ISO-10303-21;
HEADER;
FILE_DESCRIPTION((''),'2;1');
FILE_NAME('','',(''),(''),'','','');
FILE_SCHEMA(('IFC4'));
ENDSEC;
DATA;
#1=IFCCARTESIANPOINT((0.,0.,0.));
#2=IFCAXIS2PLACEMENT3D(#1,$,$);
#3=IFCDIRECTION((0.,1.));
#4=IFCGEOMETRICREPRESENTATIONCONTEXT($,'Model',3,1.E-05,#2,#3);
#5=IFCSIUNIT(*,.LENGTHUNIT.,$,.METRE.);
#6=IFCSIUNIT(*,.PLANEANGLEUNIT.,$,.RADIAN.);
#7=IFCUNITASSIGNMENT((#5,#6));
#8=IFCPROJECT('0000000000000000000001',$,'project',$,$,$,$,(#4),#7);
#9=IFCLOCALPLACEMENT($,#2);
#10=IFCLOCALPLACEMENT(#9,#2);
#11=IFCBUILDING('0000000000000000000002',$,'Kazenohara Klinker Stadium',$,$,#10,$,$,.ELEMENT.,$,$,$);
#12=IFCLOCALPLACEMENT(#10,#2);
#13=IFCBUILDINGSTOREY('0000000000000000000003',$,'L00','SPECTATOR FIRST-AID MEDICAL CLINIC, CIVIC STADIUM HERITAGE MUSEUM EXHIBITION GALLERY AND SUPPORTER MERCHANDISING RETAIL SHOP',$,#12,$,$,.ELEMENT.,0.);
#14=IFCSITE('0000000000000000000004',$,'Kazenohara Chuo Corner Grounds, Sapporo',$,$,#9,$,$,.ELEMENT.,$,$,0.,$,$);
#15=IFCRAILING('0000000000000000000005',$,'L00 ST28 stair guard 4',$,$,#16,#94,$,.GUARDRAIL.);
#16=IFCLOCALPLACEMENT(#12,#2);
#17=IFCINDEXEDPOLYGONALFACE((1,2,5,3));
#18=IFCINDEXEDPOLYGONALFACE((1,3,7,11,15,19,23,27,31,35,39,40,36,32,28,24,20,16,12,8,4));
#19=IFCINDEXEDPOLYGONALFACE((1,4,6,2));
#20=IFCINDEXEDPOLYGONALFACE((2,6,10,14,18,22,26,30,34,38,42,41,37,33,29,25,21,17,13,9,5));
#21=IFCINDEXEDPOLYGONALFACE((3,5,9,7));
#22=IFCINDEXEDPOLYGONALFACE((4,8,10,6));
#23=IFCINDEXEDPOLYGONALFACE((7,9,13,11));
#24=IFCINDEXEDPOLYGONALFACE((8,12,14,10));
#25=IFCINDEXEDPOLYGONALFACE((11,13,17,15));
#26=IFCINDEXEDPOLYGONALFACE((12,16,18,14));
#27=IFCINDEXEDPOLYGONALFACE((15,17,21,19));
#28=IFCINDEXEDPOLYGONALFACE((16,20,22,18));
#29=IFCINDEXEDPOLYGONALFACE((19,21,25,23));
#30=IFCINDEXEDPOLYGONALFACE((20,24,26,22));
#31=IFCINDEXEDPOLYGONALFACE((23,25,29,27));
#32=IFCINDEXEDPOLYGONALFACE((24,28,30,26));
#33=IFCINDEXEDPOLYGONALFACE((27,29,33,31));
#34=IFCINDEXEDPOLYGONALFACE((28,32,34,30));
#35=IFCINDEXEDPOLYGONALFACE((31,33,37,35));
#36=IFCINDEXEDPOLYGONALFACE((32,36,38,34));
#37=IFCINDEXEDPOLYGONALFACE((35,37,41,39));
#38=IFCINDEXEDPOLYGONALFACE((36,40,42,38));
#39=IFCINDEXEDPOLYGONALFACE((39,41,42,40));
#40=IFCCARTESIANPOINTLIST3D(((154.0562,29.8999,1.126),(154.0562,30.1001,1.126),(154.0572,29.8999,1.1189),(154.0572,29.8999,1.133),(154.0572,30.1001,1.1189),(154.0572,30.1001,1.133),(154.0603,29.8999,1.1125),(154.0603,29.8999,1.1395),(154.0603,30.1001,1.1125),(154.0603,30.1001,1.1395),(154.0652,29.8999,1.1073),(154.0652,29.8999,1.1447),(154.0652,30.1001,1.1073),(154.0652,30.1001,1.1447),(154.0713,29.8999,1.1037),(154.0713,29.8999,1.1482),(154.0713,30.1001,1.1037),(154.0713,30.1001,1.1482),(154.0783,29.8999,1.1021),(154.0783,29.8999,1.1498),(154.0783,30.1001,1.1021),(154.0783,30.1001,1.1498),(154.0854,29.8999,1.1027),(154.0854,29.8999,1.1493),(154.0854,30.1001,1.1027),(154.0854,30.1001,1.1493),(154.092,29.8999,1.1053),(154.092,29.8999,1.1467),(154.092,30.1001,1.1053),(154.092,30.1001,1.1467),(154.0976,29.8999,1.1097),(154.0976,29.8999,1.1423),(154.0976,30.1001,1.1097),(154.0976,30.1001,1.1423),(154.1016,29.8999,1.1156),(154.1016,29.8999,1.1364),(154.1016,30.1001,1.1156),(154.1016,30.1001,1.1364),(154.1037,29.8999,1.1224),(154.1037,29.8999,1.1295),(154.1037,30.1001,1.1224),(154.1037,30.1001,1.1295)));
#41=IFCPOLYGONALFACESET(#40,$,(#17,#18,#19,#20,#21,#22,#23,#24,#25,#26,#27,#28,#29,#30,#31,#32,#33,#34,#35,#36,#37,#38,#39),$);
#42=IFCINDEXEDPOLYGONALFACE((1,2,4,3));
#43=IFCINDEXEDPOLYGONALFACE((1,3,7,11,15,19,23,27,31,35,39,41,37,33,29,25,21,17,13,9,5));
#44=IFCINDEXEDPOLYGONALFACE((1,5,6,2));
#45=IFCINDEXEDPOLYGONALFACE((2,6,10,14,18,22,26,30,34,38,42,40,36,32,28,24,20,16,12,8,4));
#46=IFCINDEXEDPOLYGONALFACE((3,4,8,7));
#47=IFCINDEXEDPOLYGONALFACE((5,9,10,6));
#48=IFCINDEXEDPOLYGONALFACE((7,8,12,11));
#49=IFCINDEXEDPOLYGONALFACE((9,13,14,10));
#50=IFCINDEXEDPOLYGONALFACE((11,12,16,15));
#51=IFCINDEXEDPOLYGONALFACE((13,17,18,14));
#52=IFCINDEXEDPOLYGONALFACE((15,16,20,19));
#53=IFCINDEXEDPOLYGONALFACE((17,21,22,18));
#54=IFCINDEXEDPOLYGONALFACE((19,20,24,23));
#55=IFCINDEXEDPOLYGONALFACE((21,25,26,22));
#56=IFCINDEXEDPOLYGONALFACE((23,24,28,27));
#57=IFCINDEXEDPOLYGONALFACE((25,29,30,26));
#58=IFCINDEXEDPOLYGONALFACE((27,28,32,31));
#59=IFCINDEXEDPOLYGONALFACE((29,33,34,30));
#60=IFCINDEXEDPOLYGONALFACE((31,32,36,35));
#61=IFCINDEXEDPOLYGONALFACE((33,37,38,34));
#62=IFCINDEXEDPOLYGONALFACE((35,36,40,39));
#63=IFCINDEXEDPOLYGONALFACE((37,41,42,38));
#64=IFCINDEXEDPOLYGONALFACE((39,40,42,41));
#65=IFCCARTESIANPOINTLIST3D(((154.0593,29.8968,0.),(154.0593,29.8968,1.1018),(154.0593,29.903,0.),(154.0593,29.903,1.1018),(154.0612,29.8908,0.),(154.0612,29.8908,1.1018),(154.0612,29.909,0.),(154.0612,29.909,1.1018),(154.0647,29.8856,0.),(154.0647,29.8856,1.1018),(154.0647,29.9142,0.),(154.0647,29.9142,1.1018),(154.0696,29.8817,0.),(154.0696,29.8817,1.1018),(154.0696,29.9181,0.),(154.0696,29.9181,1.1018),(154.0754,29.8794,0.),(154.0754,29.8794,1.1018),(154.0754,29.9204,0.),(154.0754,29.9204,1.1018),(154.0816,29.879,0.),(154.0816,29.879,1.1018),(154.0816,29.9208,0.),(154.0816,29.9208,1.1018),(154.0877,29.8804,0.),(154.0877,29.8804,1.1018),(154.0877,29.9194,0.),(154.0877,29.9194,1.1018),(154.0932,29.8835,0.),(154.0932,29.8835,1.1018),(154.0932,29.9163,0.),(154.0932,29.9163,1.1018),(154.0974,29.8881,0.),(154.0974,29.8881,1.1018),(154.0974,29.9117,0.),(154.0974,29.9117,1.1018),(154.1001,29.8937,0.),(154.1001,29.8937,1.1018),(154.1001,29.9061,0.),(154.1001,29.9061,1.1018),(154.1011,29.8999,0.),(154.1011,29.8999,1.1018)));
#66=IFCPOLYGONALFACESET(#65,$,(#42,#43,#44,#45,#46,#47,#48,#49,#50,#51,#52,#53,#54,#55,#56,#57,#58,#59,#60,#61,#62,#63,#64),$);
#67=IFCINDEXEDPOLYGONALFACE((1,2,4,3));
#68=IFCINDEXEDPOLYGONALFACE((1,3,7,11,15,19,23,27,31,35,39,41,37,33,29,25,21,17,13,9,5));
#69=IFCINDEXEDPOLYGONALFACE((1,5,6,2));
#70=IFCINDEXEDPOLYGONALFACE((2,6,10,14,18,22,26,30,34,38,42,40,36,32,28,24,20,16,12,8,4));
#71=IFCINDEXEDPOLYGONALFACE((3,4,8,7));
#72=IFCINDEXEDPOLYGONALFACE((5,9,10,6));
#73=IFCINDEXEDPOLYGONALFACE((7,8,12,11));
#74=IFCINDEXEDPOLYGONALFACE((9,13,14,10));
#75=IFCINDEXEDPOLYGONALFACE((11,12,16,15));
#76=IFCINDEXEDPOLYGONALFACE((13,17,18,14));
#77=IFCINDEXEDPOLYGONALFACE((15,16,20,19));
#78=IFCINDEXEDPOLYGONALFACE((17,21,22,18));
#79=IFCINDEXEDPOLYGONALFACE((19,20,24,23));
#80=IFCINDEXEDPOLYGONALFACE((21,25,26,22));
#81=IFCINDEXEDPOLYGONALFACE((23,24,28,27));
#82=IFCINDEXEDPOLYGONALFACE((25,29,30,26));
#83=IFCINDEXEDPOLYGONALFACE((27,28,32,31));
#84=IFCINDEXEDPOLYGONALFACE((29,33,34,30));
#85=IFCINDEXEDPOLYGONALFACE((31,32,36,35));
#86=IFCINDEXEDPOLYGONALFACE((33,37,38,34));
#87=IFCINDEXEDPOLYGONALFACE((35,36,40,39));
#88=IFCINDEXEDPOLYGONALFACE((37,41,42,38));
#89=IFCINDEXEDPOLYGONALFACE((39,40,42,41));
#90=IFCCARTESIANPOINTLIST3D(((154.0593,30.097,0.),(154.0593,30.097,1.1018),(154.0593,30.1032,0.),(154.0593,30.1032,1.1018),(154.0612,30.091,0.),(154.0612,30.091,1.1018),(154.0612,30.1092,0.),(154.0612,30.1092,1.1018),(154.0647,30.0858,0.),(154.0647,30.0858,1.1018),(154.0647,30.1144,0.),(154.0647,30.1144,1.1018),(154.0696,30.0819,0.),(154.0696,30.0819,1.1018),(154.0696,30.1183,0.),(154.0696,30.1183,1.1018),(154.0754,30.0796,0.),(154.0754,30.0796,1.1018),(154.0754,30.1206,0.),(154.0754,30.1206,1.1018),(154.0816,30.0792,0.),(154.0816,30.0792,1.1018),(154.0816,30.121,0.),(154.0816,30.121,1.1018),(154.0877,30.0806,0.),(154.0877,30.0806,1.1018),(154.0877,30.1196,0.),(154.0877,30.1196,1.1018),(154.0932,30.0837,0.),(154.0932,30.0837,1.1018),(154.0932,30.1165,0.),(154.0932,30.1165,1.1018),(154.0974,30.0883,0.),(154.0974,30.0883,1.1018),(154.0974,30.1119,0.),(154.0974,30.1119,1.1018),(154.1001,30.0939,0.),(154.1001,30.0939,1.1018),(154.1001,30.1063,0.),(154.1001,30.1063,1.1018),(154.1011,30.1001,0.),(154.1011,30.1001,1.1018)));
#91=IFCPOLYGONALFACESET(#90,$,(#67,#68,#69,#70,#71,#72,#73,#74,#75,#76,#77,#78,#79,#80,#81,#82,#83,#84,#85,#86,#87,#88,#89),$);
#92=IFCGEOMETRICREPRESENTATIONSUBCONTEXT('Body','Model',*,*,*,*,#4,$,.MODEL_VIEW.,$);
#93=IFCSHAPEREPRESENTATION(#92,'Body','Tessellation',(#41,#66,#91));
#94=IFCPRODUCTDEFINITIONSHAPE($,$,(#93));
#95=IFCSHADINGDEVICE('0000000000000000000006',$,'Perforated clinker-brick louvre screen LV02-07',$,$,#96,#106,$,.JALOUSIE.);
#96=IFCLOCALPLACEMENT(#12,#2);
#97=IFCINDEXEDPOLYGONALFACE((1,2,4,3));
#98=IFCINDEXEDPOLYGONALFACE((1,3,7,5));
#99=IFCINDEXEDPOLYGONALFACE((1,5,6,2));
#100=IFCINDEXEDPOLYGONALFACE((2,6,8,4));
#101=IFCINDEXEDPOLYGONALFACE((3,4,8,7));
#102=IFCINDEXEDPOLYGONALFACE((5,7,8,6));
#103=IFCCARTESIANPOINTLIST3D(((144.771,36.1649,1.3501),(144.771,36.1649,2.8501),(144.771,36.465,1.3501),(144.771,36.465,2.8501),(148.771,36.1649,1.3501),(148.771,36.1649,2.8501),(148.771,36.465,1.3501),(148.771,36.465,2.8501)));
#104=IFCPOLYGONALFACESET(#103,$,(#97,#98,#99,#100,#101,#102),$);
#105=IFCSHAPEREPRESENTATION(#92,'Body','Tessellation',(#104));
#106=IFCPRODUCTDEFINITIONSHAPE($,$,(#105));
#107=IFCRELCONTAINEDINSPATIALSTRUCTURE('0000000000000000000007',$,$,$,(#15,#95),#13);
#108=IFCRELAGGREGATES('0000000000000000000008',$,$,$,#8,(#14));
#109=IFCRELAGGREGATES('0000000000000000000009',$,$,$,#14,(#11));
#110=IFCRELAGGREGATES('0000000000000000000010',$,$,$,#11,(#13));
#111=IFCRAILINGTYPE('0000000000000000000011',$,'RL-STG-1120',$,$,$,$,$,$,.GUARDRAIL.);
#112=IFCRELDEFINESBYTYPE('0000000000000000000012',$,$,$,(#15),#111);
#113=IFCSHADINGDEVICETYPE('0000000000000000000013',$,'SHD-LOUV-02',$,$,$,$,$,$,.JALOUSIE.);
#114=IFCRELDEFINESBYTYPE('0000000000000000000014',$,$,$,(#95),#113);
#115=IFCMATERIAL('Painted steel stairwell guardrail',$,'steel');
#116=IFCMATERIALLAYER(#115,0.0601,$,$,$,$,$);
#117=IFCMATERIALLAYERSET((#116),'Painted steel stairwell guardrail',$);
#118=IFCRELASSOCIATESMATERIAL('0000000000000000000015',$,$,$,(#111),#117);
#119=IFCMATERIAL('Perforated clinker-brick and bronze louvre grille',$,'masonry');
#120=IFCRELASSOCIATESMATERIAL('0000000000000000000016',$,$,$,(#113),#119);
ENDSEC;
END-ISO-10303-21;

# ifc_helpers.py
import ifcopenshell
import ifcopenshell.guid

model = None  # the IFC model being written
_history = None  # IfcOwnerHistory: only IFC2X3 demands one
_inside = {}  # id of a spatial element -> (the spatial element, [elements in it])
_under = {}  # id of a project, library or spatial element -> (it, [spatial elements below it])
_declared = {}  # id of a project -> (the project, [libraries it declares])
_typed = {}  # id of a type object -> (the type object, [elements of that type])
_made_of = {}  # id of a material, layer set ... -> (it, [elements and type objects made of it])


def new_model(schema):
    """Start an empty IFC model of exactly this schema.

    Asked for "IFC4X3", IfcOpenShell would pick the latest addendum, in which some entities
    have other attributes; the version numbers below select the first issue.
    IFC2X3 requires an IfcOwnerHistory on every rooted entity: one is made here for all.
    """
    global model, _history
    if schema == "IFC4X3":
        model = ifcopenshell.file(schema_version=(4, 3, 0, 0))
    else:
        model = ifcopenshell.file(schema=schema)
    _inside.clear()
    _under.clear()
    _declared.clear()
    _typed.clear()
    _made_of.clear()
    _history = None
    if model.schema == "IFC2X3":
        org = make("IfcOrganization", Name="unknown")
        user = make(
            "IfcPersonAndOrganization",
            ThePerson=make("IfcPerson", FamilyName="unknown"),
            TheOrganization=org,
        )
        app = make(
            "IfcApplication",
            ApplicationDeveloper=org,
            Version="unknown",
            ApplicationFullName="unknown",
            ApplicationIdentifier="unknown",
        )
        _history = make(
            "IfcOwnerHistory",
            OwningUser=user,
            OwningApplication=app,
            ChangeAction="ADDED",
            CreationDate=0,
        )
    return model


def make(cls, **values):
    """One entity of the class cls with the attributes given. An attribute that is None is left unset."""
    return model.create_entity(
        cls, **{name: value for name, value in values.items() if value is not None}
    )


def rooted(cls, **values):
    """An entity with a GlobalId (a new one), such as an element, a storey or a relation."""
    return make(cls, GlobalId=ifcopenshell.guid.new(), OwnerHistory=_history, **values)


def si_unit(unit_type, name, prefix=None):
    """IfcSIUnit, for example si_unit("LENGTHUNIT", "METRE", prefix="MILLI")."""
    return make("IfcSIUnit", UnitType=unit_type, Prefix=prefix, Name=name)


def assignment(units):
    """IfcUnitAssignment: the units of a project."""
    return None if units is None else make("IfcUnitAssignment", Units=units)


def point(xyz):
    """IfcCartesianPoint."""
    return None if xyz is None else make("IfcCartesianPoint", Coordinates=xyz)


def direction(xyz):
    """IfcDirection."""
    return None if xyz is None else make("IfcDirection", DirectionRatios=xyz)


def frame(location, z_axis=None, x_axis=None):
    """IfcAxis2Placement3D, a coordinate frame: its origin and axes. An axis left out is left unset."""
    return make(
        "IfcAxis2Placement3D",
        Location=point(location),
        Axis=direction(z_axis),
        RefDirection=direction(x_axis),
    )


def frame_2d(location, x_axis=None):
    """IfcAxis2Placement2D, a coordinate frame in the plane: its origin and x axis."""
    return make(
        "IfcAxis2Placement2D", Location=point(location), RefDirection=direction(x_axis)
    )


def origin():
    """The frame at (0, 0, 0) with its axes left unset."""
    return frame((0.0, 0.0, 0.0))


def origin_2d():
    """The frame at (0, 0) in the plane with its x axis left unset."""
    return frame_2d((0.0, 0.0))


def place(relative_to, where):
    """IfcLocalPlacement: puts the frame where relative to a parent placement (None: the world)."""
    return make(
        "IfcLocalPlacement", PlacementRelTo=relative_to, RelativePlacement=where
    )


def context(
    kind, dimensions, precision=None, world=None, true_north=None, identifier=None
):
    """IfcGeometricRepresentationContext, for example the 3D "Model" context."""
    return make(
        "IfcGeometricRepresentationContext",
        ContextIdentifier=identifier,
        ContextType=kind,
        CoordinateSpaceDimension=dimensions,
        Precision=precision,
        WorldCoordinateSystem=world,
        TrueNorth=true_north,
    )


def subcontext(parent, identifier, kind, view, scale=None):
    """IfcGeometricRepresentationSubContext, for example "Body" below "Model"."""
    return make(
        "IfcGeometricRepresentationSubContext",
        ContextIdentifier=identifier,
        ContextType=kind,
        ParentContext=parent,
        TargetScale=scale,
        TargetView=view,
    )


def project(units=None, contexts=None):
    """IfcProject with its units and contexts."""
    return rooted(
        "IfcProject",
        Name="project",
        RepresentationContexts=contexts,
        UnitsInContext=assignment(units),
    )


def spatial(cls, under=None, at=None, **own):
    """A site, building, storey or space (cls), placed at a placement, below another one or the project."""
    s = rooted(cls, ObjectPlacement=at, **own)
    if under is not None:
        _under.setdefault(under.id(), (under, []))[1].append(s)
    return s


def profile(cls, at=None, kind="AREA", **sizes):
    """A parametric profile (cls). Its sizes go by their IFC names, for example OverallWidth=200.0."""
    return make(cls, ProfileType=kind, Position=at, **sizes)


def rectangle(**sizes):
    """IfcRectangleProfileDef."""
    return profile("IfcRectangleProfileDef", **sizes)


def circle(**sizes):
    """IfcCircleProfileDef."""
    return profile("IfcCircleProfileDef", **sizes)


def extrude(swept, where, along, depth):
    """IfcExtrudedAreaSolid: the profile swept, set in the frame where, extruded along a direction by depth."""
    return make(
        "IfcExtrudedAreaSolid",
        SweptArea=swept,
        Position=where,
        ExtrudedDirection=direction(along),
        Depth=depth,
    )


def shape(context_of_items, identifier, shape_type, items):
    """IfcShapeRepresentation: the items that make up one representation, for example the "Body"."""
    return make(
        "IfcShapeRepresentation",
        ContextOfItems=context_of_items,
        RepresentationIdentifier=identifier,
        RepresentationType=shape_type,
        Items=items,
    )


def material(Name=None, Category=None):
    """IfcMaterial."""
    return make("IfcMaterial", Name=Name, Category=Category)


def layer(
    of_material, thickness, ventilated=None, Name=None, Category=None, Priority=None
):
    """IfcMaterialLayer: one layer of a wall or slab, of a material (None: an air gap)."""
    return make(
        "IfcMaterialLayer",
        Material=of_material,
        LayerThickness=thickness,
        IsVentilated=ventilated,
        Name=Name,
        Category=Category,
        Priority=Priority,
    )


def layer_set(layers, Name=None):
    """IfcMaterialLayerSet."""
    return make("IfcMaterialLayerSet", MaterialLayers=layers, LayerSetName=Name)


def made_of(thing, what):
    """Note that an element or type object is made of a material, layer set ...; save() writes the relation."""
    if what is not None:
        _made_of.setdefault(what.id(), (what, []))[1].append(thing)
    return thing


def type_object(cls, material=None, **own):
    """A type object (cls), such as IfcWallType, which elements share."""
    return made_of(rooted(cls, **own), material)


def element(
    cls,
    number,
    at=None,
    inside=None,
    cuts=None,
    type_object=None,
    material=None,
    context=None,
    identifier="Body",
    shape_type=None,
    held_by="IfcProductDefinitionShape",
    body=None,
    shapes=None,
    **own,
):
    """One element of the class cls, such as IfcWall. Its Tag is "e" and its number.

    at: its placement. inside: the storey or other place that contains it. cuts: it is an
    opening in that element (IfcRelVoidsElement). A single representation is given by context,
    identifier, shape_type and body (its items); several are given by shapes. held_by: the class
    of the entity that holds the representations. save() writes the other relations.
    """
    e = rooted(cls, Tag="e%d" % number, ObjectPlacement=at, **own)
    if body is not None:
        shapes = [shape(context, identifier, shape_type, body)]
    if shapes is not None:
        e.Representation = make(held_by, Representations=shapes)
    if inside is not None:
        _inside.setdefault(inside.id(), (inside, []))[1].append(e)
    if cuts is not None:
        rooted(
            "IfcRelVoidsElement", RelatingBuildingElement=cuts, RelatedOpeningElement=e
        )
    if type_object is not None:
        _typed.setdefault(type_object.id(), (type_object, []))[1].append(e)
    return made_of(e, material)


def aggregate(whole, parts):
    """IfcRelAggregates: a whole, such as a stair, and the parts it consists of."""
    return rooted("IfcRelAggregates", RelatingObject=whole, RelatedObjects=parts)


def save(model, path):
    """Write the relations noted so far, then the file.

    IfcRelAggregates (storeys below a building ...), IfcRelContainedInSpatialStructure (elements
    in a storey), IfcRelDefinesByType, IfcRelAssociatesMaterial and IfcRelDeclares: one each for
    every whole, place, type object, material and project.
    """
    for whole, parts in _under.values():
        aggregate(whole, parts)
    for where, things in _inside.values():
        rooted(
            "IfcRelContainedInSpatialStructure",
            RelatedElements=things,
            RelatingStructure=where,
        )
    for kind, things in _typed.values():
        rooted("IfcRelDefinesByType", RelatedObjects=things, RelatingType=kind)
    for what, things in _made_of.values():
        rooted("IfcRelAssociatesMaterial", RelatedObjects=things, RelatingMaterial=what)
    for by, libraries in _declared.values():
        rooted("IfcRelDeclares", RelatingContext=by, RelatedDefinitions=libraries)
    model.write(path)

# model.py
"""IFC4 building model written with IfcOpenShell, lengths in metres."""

from ifc_helpers import new_model, si_unit, direction, frame, origin, origin_2d, place, context, subcontext, project, spatial, rectangle, circle, extrude, material, layer, layer_set, type_object, element, save


model = new_model("IFC4")

# Units and contexts
model_context = context("Model", 3, precision=1e-05, world=origin(), true_north=direction((0.0, 1.0)))
body_context = subcontext(model_context, "Body", "Model", "MODEL_VIEW")
ifc_project = project(units=[si_unit("LENGTHUNIT", "METRE"), si_unit("PLANEANGLEUNIT", "RADIAN")], contexts=[model_context])

# Site, building, storey
site_placement = place(None, origin())
site = spatial("IfcSite", under=ifc_project, at=site_placement, Name="Kazenohara Chuo Corner Grounds, Sapporo", CompositionType="ELEMENT", RefElevation=0.0)
building_placement = place(site_placement, origin())
building = spatial("IfcBuilding", under=site, at=building_placement, Name="Kazenohara Klinker Stadium", CompositionType="ELEMENT")
storey_placement = place(building_placement, origin())
storey = spatial("IfcBuildingStorey", under=building, at=storey_placement, Name="L00", Description="SPECTATOR FIRST-AID MEDICAL CLINIC, CIVIC STADIUM HERITAGE MUSEUM EXHIBITION GALLERY AND SUPPORTER MERCHANDISING RETAIL SHOP", CompositionType="ELEMENT", Elevation=0.0)

# Railing
ifc_material_1 = material(Name="Painted steel stairwell guardrail", Category="steel")
ifc_layer_1 = layer(ifc_material_1, 0.0601)
ifc_layer_set_1 = layer_set([ifc_layer_1], Name="Painted steel stairwell guardrail")
railing_type_1 = type_object("IfcRailingType", Name="RL-STG-1120", PredefinedType="GUARDRAIL", material=ifc_layer_set_1)
railing_1_placement = place(storey_placement, frame((154.0801, 29.8999, 0.0)))
element("IfcRailing", 1, at=railing_1_placement, inside=storey, type_object=railing_type_1, Name="L00 ST28 stair guard 4", PredefinedType="GUARDRAIL", context=body_context, shape_type="SweptSolid", body=[
    extrude(circle(Radius=0.0239, at=origin_2d()), frame((0.0, 0.0, 1.126), z_axis=(0.0, 1.0, 0.0), x_axis=(-1.0, 0.0, 0.0)), (0.0, 0.0, 1.0), 0.2002),
    extrude(circle(Radius=0.021, at=origin_2d()), origin(), (0.0, 0.0, 1.0), 1.1018),
    extrude(circle(Radius=0.021, at=origin_2d()), frame((0.0, 0.2002, 0.0)), (0.0, 0.0, 1.0), 1.1018),
])

# Shading device
ifc_material_2 = material(Name="Perforated clinker-brick and bronze louvre grille", Category="masonry")
shading_device_type = type_object("IfcShadingDeviceType", Name="SHD-LOUV-02", PredefinedType="JALOUSIE", material=ifc_material_2)
shading_device_placement = place(storey_placement, frame((146.771, 36.3149, 1.3501), z_axis=(0.0, 0.0, 1.0), x_axis=(1.0, 0.0, 0.0)))
element("IfcShadingDevice", 2, at=shading_device_placement, inside=storey, type_object=shading_device_type, Name="Perforated clinker-brick louvre screen LV02-07", PredefinedType="JALOUSIE", context=body_context, shape_type="SweptSolid", body=[
    extrude(rectangle(XDim=4.0, YDim=0.3, at=origin_2d()), origin(), (0.0, 0.0, 1.0), 1.5),
])

save(model, "model.ifc")
